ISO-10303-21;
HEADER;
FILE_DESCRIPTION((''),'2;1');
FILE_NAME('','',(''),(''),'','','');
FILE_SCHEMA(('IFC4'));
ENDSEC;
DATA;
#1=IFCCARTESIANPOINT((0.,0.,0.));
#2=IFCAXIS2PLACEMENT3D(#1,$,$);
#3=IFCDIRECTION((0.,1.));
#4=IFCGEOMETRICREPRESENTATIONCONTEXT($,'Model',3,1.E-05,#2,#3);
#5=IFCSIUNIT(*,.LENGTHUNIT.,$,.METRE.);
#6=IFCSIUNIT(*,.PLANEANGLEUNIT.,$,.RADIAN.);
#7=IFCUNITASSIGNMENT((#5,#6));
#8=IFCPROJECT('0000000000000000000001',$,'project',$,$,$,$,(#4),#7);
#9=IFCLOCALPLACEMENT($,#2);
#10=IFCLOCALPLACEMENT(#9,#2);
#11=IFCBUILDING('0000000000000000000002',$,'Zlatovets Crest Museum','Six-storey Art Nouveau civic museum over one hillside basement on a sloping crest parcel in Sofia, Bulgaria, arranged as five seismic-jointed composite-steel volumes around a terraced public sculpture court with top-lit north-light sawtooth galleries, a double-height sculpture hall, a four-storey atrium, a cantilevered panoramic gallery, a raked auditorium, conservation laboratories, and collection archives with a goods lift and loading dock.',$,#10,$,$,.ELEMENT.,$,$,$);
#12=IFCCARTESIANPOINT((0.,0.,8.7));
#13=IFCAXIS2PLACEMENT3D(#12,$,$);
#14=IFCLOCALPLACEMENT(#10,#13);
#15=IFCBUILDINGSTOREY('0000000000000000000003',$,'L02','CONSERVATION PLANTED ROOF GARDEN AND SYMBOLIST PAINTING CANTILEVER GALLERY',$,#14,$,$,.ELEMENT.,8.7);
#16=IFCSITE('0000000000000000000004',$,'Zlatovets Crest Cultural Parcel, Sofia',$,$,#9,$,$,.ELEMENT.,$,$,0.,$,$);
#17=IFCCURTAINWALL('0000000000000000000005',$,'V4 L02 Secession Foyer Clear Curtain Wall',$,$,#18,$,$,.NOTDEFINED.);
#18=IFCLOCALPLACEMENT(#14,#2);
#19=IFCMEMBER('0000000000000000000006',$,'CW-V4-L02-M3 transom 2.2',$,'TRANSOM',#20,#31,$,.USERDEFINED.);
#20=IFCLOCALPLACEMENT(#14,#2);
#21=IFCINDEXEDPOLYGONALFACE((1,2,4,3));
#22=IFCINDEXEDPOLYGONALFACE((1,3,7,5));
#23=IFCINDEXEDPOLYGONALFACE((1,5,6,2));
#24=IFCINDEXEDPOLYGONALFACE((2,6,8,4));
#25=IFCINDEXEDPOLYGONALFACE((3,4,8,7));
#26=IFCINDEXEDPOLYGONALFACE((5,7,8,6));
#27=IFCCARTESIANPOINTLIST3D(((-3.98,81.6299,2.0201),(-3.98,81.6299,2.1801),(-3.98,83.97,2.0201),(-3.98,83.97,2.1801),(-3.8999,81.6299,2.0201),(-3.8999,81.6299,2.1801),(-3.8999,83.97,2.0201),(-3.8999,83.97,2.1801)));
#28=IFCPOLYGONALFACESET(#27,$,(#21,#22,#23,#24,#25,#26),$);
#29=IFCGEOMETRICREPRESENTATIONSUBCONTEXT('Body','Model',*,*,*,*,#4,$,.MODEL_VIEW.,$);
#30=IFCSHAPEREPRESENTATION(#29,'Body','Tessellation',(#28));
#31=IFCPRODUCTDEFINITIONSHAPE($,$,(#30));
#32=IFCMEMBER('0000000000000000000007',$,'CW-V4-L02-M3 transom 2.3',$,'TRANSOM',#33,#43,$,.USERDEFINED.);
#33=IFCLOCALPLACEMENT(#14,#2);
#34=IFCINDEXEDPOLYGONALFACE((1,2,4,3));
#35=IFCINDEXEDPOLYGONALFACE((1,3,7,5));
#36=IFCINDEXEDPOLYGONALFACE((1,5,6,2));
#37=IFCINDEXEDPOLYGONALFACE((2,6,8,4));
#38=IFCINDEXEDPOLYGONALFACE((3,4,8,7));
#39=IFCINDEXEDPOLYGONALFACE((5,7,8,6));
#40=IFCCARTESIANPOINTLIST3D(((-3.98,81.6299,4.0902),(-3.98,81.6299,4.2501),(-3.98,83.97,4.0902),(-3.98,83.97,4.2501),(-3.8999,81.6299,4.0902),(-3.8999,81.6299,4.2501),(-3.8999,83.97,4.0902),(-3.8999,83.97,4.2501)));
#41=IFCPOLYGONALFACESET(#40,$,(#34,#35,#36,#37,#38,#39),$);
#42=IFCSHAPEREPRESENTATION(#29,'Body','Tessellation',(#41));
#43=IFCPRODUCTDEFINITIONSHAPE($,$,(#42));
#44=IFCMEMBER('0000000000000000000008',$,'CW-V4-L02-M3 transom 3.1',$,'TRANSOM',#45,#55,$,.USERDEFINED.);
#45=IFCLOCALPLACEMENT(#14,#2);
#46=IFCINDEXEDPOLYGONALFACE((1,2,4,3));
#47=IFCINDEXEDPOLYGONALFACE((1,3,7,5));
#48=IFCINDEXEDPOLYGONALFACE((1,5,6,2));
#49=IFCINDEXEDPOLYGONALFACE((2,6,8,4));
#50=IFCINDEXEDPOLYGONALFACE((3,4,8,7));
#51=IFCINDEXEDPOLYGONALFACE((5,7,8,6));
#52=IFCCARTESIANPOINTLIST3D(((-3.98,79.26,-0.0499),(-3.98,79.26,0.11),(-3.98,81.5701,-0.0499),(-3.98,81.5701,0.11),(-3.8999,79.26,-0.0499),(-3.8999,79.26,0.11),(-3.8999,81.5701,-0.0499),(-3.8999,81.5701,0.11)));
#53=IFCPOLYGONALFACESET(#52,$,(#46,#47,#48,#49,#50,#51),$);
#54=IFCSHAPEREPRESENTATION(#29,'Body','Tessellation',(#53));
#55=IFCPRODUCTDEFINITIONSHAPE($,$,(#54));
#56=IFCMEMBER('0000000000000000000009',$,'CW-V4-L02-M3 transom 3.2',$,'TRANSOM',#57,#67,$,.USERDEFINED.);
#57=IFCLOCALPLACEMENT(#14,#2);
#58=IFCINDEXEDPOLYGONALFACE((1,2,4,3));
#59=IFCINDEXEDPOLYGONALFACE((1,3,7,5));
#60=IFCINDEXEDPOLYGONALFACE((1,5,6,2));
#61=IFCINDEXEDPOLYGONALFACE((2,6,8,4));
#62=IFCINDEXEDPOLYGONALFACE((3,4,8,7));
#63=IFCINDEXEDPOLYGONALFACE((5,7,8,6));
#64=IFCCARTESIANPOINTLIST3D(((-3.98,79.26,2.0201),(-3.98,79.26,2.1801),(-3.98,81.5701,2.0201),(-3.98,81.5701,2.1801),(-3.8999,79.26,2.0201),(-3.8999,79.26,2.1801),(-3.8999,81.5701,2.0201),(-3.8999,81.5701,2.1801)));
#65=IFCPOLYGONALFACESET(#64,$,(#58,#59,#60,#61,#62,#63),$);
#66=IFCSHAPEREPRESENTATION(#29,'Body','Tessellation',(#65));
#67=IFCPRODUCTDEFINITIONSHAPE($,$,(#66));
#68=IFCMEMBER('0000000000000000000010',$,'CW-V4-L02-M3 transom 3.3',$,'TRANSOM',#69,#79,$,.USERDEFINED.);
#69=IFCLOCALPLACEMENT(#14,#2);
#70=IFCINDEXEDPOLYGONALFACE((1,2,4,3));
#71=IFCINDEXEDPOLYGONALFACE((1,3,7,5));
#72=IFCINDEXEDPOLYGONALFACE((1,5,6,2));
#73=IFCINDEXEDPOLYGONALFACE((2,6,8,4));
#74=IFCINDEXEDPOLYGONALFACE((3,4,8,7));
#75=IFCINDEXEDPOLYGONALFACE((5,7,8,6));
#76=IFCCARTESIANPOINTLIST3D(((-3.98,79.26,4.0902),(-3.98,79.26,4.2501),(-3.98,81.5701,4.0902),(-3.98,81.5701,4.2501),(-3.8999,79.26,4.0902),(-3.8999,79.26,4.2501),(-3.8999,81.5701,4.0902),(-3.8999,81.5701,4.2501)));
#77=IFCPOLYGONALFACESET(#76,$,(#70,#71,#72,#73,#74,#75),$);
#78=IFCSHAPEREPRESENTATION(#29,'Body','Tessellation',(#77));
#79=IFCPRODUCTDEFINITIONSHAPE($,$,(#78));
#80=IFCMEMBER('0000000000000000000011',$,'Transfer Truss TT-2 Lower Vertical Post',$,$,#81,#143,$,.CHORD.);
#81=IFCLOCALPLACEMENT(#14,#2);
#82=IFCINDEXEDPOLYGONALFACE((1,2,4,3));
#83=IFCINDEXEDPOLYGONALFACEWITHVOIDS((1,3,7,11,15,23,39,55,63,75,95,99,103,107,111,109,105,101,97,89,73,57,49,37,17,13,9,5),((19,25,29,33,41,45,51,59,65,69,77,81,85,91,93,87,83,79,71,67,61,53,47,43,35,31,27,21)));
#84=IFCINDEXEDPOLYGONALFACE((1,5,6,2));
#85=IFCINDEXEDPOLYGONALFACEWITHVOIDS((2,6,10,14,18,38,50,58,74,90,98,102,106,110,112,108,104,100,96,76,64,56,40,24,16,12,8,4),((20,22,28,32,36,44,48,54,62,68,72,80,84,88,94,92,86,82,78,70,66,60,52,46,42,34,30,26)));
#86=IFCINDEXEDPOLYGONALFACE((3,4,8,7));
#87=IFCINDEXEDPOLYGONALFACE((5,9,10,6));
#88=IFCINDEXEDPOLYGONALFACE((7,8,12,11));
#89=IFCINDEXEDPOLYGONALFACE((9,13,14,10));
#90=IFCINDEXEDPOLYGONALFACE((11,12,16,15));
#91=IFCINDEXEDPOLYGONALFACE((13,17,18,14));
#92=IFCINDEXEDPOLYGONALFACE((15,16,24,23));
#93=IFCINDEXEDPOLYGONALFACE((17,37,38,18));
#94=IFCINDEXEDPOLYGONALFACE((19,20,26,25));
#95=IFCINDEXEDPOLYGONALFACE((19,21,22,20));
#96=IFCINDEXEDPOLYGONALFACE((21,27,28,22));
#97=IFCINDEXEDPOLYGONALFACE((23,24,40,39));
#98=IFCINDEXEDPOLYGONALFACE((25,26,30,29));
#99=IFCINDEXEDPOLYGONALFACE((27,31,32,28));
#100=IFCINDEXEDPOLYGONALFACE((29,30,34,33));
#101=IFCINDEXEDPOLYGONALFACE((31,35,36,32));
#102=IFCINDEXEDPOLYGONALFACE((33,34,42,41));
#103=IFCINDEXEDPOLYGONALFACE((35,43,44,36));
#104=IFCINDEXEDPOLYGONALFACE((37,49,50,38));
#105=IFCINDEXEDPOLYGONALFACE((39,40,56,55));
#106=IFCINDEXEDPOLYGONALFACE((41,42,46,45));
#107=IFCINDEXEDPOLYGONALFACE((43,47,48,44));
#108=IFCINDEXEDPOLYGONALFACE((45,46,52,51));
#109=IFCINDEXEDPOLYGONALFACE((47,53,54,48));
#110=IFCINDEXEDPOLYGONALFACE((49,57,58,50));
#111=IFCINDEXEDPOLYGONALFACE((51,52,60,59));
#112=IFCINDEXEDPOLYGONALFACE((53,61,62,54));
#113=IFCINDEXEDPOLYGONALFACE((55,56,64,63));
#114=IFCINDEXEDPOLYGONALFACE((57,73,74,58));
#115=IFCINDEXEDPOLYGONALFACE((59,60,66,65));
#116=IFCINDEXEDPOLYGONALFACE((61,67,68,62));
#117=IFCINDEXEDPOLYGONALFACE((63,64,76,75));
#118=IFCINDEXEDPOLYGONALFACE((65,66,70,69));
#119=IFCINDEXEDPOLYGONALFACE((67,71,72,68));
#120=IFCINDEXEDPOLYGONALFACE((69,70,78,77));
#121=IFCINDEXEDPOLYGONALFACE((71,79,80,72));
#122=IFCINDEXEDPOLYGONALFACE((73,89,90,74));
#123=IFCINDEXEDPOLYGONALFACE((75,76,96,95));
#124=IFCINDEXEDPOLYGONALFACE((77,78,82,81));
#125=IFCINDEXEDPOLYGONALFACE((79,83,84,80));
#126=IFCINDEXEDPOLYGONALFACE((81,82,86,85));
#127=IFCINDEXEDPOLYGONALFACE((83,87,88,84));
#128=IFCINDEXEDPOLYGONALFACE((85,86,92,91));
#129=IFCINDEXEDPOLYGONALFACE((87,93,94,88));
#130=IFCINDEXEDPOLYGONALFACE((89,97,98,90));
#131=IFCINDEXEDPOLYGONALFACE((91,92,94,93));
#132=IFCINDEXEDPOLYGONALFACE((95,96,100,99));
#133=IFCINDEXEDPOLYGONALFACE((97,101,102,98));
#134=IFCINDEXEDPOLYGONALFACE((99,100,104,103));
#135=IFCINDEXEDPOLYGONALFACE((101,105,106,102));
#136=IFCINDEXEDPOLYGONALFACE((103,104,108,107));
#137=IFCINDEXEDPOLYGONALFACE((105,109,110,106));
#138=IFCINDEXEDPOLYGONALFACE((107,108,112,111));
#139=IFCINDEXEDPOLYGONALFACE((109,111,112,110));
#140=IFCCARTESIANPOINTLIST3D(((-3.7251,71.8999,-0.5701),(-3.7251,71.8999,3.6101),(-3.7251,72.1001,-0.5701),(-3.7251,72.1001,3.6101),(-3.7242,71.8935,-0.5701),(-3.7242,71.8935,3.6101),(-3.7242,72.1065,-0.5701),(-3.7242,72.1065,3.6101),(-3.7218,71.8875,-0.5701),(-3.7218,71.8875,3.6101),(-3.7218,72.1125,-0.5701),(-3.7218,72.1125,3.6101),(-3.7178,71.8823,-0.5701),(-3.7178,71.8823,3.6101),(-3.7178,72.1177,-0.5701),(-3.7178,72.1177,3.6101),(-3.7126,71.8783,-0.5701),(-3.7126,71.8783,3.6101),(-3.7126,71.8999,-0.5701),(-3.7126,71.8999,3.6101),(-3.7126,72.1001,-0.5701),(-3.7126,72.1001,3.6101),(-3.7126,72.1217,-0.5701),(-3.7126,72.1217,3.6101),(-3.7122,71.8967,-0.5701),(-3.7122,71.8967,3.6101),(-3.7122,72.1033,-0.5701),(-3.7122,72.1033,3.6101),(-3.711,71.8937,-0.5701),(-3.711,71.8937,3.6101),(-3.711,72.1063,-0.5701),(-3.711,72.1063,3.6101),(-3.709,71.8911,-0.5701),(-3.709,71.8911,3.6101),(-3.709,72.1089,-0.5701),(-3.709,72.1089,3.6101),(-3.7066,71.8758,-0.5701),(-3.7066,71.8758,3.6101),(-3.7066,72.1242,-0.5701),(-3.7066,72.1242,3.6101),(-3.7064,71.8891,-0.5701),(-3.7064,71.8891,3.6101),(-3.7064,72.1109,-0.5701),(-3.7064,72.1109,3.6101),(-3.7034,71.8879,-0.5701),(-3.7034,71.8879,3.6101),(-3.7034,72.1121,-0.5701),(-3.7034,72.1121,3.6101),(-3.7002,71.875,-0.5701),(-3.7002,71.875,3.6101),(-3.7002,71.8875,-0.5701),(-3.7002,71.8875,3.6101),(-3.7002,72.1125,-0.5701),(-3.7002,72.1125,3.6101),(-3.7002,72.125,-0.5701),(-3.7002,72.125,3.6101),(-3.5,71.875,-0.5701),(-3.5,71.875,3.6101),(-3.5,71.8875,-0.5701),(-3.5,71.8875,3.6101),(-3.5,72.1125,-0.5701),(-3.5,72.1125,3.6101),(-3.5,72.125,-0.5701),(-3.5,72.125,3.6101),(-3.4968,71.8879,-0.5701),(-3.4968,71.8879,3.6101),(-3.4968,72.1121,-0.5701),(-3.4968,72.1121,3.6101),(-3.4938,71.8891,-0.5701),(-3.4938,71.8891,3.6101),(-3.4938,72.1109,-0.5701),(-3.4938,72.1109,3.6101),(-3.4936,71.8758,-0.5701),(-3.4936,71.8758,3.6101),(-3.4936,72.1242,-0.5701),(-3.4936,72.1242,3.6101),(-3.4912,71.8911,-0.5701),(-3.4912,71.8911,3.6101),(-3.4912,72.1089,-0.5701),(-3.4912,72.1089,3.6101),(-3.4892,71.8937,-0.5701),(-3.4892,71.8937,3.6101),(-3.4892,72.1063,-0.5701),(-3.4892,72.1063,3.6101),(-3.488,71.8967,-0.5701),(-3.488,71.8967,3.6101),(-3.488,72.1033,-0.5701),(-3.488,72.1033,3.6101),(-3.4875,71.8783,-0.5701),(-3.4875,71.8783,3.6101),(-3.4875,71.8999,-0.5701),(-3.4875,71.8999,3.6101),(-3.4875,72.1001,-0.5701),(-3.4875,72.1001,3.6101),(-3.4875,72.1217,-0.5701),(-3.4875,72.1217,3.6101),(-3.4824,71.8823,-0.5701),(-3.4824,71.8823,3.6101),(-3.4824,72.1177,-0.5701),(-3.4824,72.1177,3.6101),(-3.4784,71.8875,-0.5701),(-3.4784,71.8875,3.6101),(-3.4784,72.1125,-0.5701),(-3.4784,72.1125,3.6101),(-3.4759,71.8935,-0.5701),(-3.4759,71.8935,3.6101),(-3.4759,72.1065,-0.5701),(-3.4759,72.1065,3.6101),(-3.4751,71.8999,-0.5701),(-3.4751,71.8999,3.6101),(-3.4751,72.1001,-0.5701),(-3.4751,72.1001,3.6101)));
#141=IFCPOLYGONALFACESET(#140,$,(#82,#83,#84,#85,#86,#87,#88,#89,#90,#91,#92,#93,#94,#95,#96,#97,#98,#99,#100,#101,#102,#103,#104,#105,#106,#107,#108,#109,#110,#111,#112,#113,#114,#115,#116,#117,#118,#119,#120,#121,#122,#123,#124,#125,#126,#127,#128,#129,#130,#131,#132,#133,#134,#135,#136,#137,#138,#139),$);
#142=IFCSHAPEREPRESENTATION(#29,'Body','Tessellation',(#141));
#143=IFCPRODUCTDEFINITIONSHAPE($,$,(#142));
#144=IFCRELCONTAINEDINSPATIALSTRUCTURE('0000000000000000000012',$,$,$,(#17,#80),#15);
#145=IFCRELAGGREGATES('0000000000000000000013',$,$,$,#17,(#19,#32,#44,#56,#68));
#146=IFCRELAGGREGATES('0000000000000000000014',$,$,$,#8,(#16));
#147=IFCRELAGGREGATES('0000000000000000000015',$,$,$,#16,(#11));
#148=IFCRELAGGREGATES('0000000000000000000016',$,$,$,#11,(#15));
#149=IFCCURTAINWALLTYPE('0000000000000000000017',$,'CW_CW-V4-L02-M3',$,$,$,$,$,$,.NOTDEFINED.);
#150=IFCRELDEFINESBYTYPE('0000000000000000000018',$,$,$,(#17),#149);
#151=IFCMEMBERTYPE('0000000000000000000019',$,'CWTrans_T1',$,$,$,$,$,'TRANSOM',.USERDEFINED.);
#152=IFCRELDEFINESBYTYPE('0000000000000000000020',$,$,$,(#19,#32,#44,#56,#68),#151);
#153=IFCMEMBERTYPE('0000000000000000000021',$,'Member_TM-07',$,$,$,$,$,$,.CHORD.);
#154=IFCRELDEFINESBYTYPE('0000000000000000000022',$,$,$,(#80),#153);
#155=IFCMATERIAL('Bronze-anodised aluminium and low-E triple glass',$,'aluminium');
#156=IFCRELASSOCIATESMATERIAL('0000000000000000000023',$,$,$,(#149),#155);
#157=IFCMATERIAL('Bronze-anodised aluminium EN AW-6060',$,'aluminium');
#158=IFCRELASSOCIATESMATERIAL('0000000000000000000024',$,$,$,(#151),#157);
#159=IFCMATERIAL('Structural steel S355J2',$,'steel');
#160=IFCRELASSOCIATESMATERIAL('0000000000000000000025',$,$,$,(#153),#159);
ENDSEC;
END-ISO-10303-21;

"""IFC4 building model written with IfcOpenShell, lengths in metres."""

from ifc_helpers import new_model, si_unit, direction, frame, origin, origin_2d, place, context, subcontext, project, spatial, rectangle, hollow_rectangle, extrude, material, material_profile, profile_set, type_object, element, aggregate, save


model = new_model("IFC4")

# Units and contexts
model_context = context("Model", 3, precision=1e-05, world=origin(), true_north=direction((0.0, 1.0)))
body_context = subcontext(model_context, "Body", "Model", "MODEL_VIEW")
ifc_project = project(units=[si_unit("LENGTHUNIT", "METRE"), si_unit("PLANEANGLEUNIT", "RADIAN")], contexts=[model_context])

# Site, building, storey
site_placement = place(None, origin())
site = spatial("IfcSite", under=ifc_project, at=site_placement, Name="Zlatovets Crest Cultural Parcel, Sofia", CompositionType="ELEMENT", RefElevation=0.0)
building_placement = place(site_placement, origin())
building = spatial("IfcBuilding", under=site, at=building_placement, Name="Zlatovets Crest Museum", Description="Six-storey Art Nouveau civic museum over one hillside basement on a sloping crest parcel in Sofia, Bulgaria, arranged as five seismic-jointed composite-steel volumes around a terraced public sculpture court with top-lit north-light sawtooth galleries, a double-height sculpture hall, a four-storey atrium, a cantilevered panoramic gallery, a raked auditorium, conservation laboratories, and collection archives with a goods lift and loading dock.", CompositionType="ELEMENT")
storey_placement = place(building_placement, frame((0.0, 0.0, 8.7)))
storey = spatial("IfcBuildingStorey", under=building, at=storey_placement, Name="L02", Description="CONSERVATION PLANTED ROOF GARDEN AND SYMBOLIST PAINTING CANTILEVER GALLERY", CompositionType="ELEMENT", Elevation=8.7)

# Shared definitions
ifc_material_1 = material(Name="Structural steel S355J2", Category="steel")

# Curtain wall, members
ifc_material_2 = material(Name="Bronze-anodised aluminium and low-E triple glass", Category="aluminium")
curtain_wall_type = type_object("IfcCurtainWallType", Name="CW_CW-V4-L02-M3", PredefinedType="NOTDEFINED", material=ifc_material_2)
curtain_wall_placement = place(storey_placement, origin())
curtain_wall = element("IfcCurtainWall", 1, at=curtain_wall_placement, inside=storey, type_object=curtain_wall_type, Name="V4 L02 Secession Foyer Clear Curtain Wall", PredefinedType="NOTDEFINED")
ifc_material_3 = material(Name="Bronze-anodised aluminium EN AW-6060", Category="aluminium")
ifc_material_profile_1 = material_profile(ifc_material_3, rectangle(XDim=0.0801, YDim=0.1599, at=origin_2d()), Name="ALU 80x160")
ifc_profile_set_1 = profile_set([ifc_material_profile_1], Name="Bronze-anodised aluminium EN AW-6060")
member_type_1 = type_object("IfcMemberType", Name="CWTrans_T1", ElementType="TRANSOM", PredefinedType="USERDEFINED", material=ifc_profile_set_1)
member_1_placement = place(storey_placement, frame((-3.9399, 83.97, 2.1001), z_axis=(0.0, -1.0, 0.0), x_axis=(1.0, 0.0, 0.0)))
member_1 = element("IfcMember", 2, at=member_1_placement, type_object=member_type_1, Name="CW-V4-L02-M3 transom 2.2", ObjectType="TRANSOM", PredefinedType="USERDEFINED", context=body_context, shape_type="SweptSolid", body=[
    extrude(rectangle(XDim=0.0801, YDim=0.1599, at=origin_2d()), origin(), (0.0, 0.0, 1.0), 2.3401),
])
member_2_placement = place(storey_placement, frame((-3.9399, 83.97, 4.1702), z_axis=(0.0, -1.0, 0.0), x_axis=(1.0, 0.0, 0.0)))
member_2 = element("IfcMember", 3, at=member_2_placement, type_object=member_type_1, Name="CW-V4-L02-M3 transom 2.3", ObjectType="TRANSOM", PredefinedType="USERDEFINED", context=body_context, shape_type="SweptSolid", body=[
    extrude(rectangle(XDim=0.0801, YDim=0.1599, at=origin_2d()), origin(), (0.0, 0.0, 1.0), 2.3401),
])
member_3_placement = place(storey_placement, frame((-3.9399, 81.5701, 0.03), z_axis=(0.0, -1.0, 0.0), x_axis=(1.0, 0.0, 0.0)))
member_3 = element("IfcMember", 4, at=member_3_placement, type_object=member_type_1, Name="CW-V4-L02-M3 transom 3.1", ObjectType="TRANSOM", PredefinedType="USERDEFINED", context=body_context, shape_type="SweptSolid", body=[
    extrude(rectangle(XDim=0.0801, YDim=0.1599, at=origin_2d()), origin(), (0.0, 0.0, 1.0), 2.3101),
])
member_4_placement = place(storey_placement, frame((-3.9399, 81.5701, 2.1001), z_axis=(0.0, -1.0, 0.0), x_axis=(1.0, 0.0, 0.0)))
member_4 = element("IfcMember", 5, at=member_4_placement, type_object=member_type_1, Name="CW-V4-L02-M3 transom 3.2", ObjectType="TRANSOM", PredefinedType="USERDEFINED", context=body_context, shape_type="SweptSolid", body=[
    extrude(rectangle(XDim=0.0801, YDim=0.1599, at=origin_2d()), origin(), (0.0, 0.0, 1.0), 2.3101),
])
member_5_placement = place(storey_placement, frame((-3.9399, 81.5701, 4.1702), z_axis=(0.0, -1.0, 0.0), x_axis=(1.0, 0.0, 0.0)))
member_5 = element("IfcMember", 6, at=member_5_placement, type_object=member_type_1, Name="CW-V4-L02-M3 transom 3.3", ObjectType="TRANSOM", PredefinedType="USERDEFINED", context=body_context, shape_type="SweptSolid", body=[
    extrude(rectangle(XDim=0.0801, YDim=0.1599, at=origin_2d()), origin(), (0.0, 0.0, 1.0), 2.3101),
])

# Member
ifc_material_profile_2 = material_profile(ifc_material_1, hollow_rectangle(XDim=0.25, YDim=0.25, WallThickness=0.0125, InnerFilletRadius=0.0125, OuterFilletRadius=0.0249, at=origin_2d()), Name="SHS 250x250x12.5")
ifc_profile_set_2 = profile_set([ifc_material_profile_2], Name="Structural steel S355J2")
member_type_2 = type_object("IfcMemberType", Name="Member_TM-07", PredefinedType="CHORD", material=ifc_profile_set_2)
for number, where, z_axis, x_axis, name in (
    (7, (-3.6001, 72.0, -0.5701), (0.0, 0.0, 1.0), (1.0, 0.0, 0.0), "Transfer Truss TT-2 Lower Vertical Post"),
):
    element("IfcMember", number, at=place(storey_placement, frame(where, z_axis=z_axis, x_axis=x_axis)), inside=storey, type_object=member_type_2, Name=name, PredefinedType="CHORD", context=body_context, shape_type="SweptSolid", body=[
        extrude(hollow_rectangle(XDim=0.25, YDim=0.25, WallThickness=0.0125, InnerFilletRadius=0.0125, OuterFilletRadius=0.0249, at=origin_2d()), origin(), (0.0, 0.0, 1.0), 4.1802),
    ])

aggregate(curtain_wall, [member_1, member_2, member_3, member_4, member_5])

save(model, "model.ifc")
